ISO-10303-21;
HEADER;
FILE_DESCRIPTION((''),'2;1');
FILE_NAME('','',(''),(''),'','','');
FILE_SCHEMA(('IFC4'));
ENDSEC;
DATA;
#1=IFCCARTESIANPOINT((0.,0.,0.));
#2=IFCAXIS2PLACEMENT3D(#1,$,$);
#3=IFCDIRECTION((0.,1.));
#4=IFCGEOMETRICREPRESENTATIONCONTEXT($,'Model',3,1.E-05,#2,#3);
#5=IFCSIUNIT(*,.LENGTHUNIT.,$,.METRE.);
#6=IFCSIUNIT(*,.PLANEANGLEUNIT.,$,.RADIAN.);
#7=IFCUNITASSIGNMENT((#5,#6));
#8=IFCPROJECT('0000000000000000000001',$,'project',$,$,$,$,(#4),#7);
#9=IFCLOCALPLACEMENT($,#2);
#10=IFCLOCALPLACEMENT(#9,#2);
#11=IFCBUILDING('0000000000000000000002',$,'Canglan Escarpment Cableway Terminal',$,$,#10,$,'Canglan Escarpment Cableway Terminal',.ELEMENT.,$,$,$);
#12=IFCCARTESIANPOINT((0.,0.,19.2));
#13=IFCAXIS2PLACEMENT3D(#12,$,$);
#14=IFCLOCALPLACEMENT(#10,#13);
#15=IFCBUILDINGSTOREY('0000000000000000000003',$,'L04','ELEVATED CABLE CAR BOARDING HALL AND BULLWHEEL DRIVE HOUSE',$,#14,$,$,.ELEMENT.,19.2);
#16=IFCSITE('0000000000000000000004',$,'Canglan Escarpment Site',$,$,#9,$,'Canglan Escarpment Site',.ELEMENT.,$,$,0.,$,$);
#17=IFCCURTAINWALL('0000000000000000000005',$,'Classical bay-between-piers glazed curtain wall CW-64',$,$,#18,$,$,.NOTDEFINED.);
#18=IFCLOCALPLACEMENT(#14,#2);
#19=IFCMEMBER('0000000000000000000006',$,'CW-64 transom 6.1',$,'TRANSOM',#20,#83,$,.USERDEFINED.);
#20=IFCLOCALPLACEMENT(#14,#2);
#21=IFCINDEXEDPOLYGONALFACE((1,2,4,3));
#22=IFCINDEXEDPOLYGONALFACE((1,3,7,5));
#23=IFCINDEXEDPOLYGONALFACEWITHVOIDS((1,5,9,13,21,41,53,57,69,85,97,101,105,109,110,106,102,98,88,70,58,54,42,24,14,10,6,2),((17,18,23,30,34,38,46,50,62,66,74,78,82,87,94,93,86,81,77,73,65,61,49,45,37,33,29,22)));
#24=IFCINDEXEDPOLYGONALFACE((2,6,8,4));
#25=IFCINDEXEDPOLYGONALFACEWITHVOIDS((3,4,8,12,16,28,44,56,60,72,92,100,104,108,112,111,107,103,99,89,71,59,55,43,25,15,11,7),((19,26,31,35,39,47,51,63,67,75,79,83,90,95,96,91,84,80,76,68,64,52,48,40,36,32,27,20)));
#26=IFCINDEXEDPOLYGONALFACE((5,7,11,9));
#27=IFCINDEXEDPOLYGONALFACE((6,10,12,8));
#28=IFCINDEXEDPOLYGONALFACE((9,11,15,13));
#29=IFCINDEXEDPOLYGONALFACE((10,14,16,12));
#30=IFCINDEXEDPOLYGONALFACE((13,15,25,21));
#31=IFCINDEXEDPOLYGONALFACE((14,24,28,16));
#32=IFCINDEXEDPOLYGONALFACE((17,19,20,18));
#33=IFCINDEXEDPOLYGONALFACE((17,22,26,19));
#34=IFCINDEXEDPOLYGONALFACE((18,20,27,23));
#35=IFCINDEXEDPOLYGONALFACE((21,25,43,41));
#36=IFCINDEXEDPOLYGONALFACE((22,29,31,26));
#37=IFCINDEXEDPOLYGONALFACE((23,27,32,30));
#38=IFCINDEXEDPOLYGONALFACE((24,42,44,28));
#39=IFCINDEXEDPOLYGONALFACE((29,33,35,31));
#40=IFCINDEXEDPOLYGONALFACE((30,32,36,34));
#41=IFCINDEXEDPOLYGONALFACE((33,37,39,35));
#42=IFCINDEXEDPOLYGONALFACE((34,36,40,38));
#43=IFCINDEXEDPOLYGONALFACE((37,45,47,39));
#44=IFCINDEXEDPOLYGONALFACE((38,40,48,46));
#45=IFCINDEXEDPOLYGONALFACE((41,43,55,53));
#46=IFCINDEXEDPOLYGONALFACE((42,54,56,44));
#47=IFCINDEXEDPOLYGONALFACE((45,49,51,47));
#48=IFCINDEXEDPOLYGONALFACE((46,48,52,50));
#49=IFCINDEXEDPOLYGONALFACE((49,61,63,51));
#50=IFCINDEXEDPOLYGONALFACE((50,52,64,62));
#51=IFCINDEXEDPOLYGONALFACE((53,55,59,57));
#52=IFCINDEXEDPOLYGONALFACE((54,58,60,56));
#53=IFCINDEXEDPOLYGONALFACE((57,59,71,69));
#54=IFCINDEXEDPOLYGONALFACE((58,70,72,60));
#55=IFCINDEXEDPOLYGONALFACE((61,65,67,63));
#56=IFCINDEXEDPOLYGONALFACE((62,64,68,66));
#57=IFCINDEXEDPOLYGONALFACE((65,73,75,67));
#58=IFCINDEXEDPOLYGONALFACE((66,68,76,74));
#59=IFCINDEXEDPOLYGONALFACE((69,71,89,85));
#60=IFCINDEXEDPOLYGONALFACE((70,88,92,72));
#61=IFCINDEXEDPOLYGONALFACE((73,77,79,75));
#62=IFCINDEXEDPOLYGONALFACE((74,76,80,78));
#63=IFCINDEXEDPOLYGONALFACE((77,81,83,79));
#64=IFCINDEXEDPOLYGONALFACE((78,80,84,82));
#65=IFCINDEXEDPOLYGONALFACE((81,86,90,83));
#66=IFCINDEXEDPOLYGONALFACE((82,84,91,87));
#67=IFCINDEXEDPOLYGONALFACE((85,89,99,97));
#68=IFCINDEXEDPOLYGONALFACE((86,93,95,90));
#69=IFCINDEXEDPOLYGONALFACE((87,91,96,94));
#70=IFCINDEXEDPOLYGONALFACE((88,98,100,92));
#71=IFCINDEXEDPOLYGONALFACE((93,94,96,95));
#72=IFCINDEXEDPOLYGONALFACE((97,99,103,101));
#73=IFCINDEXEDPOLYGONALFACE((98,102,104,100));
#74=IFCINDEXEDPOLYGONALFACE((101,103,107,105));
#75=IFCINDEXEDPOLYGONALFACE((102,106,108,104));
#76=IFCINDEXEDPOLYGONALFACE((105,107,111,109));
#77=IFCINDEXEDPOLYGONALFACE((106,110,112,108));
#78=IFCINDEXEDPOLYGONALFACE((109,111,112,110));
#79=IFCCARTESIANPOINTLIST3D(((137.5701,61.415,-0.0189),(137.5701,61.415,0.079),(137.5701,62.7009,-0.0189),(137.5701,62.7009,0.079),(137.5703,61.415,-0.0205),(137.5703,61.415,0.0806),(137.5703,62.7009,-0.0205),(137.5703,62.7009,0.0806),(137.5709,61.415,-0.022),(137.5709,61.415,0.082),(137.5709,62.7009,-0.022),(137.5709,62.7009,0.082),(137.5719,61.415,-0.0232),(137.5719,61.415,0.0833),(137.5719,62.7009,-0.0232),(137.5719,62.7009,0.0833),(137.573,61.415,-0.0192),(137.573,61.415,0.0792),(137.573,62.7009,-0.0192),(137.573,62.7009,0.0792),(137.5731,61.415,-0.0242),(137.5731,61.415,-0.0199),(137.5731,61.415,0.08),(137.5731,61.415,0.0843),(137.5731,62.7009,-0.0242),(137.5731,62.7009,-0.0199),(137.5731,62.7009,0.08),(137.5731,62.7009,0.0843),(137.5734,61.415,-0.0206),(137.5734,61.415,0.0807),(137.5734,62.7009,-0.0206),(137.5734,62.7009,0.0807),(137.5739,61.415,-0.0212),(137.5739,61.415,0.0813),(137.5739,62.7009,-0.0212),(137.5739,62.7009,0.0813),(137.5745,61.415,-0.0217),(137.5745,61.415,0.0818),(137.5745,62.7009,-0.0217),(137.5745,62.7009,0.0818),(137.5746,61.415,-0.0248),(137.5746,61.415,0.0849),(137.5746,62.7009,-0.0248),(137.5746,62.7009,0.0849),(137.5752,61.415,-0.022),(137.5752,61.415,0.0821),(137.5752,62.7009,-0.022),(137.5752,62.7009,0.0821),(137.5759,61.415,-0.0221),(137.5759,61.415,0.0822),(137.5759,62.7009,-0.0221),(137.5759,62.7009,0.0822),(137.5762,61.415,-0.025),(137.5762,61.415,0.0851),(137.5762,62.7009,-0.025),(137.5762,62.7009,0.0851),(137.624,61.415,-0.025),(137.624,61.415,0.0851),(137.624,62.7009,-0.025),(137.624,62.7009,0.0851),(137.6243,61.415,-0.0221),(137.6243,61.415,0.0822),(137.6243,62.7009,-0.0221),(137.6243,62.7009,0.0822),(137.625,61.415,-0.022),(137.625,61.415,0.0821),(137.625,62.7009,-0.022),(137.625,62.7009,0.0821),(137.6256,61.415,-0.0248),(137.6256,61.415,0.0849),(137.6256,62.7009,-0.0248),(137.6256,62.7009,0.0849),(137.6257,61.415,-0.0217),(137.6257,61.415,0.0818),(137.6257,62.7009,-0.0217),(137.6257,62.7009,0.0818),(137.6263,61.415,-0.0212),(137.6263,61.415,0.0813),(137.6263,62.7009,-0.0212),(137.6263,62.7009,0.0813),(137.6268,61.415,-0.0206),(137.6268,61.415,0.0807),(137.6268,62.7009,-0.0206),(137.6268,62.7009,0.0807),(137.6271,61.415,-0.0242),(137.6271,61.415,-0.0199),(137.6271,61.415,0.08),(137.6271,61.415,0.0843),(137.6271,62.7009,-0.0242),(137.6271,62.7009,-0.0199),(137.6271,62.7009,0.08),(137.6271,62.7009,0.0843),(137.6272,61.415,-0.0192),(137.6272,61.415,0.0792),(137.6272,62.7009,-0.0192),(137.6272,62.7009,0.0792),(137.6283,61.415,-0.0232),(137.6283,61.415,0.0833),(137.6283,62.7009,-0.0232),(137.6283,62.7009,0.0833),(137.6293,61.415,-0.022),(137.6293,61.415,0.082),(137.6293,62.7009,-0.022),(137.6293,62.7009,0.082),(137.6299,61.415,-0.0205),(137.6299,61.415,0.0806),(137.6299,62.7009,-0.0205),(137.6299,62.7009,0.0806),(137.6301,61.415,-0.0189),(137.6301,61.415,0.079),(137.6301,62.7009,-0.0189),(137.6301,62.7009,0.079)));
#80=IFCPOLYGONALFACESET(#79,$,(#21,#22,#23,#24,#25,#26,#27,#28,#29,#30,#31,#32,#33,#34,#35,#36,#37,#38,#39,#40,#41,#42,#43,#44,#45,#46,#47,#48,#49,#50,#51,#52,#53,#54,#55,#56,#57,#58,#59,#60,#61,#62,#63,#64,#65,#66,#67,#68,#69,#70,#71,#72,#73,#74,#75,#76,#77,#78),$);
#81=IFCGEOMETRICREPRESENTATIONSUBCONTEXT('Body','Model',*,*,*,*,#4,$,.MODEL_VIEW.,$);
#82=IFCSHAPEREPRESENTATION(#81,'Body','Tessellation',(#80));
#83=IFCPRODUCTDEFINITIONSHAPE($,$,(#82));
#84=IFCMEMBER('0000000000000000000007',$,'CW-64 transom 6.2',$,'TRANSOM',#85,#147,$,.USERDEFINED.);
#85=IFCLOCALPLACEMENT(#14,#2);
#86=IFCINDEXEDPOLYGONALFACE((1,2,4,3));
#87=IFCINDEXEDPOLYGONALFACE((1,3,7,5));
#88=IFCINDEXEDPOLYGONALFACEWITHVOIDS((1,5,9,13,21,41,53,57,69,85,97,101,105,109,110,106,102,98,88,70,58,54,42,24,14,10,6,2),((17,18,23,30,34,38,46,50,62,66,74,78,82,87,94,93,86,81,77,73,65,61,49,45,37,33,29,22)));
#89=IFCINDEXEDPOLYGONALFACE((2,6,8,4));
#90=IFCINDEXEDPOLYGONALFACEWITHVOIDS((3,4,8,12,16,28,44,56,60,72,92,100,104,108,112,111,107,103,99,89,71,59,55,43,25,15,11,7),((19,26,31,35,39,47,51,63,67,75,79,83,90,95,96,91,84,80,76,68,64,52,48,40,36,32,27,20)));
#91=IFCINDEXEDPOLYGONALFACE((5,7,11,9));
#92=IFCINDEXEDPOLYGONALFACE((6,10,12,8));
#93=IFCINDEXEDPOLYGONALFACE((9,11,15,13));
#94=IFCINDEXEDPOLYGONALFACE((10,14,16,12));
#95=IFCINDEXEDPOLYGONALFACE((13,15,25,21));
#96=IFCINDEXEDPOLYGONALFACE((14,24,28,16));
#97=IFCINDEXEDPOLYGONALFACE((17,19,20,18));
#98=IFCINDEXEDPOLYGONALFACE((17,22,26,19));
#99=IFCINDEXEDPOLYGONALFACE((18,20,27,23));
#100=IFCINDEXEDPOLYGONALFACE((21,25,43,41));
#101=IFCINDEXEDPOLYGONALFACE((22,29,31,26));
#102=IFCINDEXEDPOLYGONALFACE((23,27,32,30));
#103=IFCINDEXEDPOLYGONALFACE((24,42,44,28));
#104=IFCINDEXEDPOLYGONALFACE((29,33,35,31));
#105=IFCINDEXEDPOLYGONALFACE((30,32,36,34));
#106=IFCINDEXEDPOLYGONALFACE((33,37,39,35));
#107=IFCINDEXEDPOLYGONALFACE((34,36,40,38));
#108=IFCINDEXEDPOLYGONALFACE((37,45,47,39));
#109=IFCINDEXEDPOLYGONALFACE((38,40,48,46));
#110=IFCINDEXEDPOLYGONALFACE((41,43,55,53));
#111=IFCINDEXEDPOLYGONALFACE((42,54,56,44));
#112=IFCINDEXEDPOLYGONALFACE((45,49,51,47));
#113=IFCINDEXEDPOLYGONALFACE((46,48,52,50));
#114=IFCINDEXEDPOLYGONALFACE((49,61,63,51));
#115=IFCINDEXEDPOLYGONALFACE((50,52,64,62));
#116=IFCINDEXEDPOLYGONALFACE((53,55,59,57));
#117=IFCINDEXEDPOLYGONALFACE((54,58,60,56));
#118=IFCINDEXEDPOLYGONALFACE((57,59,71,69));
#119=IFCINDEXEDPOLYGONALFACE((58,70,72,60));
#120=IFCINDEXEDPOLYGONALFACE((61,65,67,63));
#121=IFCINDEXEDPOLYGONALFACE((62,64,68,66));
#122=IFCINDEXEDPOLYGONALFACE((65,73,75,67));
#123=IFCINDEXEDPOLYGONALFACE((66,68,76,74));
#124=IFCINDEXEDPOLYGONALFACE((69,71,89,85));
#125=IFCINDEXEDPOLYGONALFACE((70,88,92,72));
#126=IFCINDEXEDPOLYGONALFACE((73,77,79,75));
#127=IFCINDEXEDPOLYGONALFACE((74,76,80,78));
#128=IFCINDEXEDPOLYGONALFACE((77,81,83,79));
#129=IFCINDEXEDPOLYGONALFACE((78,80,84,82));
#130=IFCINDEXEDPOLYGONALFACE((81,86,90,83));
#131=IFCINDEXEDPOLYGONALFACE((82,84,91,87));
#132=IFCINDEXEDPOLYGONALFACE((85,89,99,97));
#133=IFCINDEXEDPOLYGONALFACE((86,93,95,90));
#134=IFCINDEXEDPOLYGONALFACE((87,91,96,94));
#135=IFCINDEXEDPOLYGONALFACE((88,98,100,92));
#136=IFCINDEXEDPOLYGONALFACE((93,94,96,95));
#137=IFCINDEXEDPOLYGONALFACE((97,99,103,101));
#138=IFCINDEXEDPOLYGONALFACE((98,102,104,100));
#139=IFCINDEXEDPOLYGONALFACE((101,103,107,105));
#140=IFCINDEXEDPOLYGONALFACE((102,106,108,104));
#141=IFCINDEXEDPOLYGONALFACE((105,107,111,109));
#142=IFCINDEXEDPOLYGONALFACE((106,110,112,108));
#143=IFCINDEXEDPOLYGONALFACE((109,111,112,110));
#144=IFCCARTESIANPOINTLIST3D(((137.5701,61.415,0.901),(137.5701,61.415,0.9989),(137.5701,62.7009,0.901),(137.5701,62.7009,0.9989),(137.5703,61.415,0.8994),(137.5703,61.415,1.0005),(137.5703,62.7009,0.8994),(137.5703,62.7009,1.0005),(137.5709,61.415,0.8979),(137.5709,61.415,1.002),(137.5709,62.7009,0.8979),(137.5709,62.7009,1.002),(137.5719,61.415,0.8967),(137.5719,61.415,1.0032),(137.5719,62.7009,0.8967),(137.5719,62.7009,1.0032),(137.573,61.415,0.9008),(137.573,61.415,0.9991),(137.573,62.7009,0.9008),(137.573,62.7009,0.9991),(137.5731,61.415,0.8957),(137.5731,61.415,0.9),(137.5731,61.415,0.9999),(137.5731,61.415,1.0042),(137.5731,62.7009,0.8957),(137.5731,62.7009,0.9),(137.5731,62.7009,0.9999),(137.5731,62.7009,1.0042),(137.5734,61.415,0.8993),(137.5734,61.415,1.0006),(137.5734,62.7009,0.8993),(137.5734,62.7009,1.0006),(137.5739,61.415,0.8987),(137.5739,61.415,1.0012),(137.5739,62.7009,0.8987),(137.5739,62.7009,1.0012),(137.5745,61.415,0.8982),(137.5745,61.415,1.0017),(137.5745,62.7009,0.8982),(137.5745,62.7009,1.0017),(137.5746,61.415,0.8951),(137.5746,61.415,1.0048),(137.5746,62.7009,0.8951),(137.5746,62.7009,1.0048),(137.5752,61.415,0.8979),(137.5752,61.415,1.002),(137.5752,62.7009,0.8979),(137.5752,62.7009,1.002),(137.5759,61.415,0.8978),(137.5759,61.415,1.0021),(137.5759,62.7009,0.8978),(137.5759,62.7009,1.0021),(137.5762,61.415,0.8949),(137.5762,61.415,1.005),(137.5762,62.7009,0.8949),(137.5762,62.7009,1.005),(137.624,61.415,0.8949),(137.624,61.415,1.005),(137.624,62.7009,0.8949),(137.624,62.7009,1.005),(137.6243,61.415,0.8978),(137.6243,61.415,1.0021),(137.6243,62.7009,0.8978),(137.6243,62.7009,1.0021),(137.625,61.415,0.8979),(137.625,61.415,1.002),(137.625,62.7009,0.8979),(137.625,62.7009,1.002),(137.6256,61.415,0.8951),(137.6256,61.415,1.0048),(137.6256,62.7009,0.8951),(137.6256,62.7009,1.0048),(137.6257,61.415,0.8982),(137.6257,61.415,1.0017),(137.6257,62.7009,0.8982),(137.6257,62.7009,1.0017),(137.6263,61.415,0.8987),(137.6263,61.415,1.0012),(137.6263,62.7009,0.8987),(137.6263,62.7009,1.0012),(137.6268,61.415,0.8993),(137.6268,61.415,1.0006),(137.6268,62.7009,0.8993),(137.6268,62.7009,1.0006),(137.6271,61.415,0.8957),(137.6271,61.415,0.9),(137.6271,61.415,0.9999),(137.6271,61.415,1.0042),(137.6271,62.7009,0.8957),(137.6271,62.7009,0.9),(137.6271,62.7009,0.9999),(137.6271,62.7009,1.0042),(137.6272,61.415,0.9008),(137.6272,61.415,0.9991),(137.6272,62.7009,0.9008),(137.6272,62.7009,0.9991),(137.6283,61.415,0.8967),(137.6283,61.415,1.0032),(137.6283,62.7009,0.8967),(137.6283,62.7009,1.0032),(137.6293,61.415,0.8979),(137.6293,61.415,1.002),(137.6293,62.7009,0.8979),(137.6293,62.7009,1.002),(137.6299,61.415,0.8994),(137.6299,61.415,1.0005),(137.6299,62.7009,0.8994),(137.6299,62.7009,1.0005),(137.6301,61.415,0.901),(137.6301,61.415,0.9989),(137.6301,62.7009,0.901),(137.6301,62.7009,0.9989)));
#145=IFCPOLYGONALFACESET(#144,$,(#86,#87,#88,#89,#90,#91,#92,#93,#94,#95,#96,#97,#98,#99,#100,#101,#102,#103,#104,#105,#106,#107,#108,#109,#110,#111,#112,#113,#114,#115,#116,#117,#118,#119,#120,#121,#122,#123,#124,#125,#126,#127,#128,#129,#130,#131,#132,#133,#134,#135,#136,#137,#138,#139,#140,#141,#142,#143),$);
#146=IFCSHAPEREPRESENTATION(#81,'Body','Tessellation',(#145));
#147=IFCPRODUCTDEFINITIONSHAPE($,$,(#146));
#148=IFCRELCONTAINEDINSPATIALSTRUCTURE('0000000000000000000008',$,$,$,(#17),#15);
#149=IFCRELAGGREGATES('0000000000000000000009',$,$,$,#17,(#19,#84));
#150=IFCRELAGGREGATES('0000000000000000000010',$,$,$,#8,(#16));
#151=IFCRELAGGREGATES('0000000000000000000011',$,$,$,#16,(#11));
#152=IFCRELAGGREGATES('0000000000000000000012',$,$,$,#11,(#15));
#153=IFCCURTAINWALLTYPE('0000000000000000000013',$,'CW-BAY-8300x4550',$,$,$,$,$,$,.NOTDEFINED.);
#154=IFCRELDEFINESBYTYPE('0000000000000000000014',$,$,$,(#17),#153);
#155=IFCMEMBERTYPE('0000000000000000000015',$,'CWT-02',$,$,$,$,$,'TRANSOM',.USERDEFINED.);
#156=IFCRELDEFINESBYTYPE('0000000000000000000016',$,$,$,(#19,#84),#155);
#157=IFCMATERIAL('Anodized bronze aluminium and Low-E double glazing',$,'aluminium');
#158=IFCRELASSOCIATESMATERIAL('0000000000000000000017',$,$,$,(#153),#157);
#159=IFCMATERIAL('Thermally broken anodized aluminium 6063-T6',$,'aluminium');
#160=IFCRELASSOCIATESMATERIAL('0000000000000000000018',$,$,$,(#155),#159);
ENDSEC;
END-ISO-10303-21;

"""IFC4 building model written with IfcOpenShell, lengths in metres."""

from ifc_helpers import new_model, si_unit, direction, frame, origin, origin_2d, place, context, subcontext, project, spatial, hollow_rectangle, extrude, material, material_profile, profile_set, type_object, element, aggregate, save


model = new_model("IFC4")

# Units and contexts
model_context = context("Model", 3, precision=1e-05, world=origin(), true_north=direction((0.0, 1.0)))
body_context = subcontext(model_context, "Body", "Model", "MODEL_VIEW")
ifc_project = project(units=[si_unit("LENGTHUNIT", "METRE"), si_unit("PLANEANGLEUNIT", "RADIAN")], contexts=[model_context])

# Site, building, storey
site_placement = place(None, origin())
site = spatial("IfcSite", under=ifc_project, at=site_placement, Name="Canglan Escarpment Site", LongName="Canglan Escarpment Site", CompositionType="ELEMENT", RefElevation=0.0)
building_placement = place(site_placement, origin())
building = spatial("IfcBuilding", under=site, at=building_placement, Name="Canglan Escarpment Cableway Terminal", LongName="Canglan Escarpment Cableway Terminal", CompositionType="ELEMENT")
storey_placement = place(building_placement, frame((0.0, 0.0, 19.2)))
storey = spatial("IfcBuildingStorey", under=building, at=storey_placement, Name="L04", Description="ELEVATED CABLE CAR BOARDING HALL AND BULLWHEEL DRIVE HOUSE", CompositionType="ELEMENT", Elevation=19.2)

# Curtain wall
ifc_material_1 = material(Name="Anodized bronze aluminium and Low-E double glazing", Category="aluminium")
curtain_wall_type = type_object("IfcCurtainWallType", Name="CW-BAY-8300x4550", PredefinedType="NOTDEFINED", material=ifc_material_1)
ifc_material_2 = material(Name="Thermally broken anodized aluminium 6063-T6", Category="aluminium")
curtain_wall_1_placement = place(storey_placement, origin())
curtain_wall_1 = element("IfcCurtainWall", 1, at=curtain_wall_1_placement, inside=storey, type_object=curtain_wall_type, Name="Classical bay-between-piers glazed curtain wall CW-64", PredefinedType="NOTDEFINED")

# Members
ifc_material_profile_1 = material_profile(ifc_material_2, hollow_rectangle(XDim=0.0601, YDim=0.1101, WallThickness=0.0029, InnerFilletRadius=0.0029, OuterFilletRadius=0.0061, at=origin_2d()), Name="ALU-TRAN 60x110x3")
ifc_profile_set_1 = profile_set([ifc_material_profile_1], Name="Thermally broken anodized aluminium 6063-T6")
member_type_1 = type_object("IfcMemberType", Name="CWT-02", ElementType="TRANSOM", PredefinedType="USERDEFINED", material=ifc_profile_set_1)
member_1_placement = place(storey_placement, frame((137.6001, 62.7009, 0.03), z_axis=(0.0, -1.0, 0.0), x_axis=(1.0, 0.0, 0.0)))
member_1 = element("IfcMember", 2, at=member_1_placement, type_object=member_type_1, Name="CW-64 transom 6.1", ObjectType="TRANSOM", PredefinedType="USERDEFINED", context=body_context, shape_type="SweptSolid", body=[
    extrude(hollow_rectangle(XDim=0.0601, YDim=0.1101, WallThickness=0.0029, InnerFilletRadius=0.0029, OuterFilletRadius=0.0061, at=origin_2d()), origin(), (0.0, 0.0, 1.0), 1.2859),
])
member_2_placement = place(storey_placement, frame((137.6001, 62.7009, 0.95), z_axis=(0.0, -1.0, 0.0), x_axis=(1.0, 0.0, 0.0)))
member_2 = element("IfcMember", 3, at=member_2_placement, type_object=member_type_1, Name="CW-64 transom 6.2", ObjectType="TRANSOM", PredefinedType="USERDEFINED", context=body_context, shape_type="SweptSolid", body=[
    extrude(hollow_rectangle(XDim=0.0601, YDim=0.1101, WallThickness=0.0029, InnerFilletRadius=0.0029, OuterFilletRadius=0.0061, at=origin_2d()), origin(), (0.0, 0.0, 1.0), 1.2859),
])

aggregate(curtain_wall_1, [member_1, member_2])

save(model, "model.ifc")
